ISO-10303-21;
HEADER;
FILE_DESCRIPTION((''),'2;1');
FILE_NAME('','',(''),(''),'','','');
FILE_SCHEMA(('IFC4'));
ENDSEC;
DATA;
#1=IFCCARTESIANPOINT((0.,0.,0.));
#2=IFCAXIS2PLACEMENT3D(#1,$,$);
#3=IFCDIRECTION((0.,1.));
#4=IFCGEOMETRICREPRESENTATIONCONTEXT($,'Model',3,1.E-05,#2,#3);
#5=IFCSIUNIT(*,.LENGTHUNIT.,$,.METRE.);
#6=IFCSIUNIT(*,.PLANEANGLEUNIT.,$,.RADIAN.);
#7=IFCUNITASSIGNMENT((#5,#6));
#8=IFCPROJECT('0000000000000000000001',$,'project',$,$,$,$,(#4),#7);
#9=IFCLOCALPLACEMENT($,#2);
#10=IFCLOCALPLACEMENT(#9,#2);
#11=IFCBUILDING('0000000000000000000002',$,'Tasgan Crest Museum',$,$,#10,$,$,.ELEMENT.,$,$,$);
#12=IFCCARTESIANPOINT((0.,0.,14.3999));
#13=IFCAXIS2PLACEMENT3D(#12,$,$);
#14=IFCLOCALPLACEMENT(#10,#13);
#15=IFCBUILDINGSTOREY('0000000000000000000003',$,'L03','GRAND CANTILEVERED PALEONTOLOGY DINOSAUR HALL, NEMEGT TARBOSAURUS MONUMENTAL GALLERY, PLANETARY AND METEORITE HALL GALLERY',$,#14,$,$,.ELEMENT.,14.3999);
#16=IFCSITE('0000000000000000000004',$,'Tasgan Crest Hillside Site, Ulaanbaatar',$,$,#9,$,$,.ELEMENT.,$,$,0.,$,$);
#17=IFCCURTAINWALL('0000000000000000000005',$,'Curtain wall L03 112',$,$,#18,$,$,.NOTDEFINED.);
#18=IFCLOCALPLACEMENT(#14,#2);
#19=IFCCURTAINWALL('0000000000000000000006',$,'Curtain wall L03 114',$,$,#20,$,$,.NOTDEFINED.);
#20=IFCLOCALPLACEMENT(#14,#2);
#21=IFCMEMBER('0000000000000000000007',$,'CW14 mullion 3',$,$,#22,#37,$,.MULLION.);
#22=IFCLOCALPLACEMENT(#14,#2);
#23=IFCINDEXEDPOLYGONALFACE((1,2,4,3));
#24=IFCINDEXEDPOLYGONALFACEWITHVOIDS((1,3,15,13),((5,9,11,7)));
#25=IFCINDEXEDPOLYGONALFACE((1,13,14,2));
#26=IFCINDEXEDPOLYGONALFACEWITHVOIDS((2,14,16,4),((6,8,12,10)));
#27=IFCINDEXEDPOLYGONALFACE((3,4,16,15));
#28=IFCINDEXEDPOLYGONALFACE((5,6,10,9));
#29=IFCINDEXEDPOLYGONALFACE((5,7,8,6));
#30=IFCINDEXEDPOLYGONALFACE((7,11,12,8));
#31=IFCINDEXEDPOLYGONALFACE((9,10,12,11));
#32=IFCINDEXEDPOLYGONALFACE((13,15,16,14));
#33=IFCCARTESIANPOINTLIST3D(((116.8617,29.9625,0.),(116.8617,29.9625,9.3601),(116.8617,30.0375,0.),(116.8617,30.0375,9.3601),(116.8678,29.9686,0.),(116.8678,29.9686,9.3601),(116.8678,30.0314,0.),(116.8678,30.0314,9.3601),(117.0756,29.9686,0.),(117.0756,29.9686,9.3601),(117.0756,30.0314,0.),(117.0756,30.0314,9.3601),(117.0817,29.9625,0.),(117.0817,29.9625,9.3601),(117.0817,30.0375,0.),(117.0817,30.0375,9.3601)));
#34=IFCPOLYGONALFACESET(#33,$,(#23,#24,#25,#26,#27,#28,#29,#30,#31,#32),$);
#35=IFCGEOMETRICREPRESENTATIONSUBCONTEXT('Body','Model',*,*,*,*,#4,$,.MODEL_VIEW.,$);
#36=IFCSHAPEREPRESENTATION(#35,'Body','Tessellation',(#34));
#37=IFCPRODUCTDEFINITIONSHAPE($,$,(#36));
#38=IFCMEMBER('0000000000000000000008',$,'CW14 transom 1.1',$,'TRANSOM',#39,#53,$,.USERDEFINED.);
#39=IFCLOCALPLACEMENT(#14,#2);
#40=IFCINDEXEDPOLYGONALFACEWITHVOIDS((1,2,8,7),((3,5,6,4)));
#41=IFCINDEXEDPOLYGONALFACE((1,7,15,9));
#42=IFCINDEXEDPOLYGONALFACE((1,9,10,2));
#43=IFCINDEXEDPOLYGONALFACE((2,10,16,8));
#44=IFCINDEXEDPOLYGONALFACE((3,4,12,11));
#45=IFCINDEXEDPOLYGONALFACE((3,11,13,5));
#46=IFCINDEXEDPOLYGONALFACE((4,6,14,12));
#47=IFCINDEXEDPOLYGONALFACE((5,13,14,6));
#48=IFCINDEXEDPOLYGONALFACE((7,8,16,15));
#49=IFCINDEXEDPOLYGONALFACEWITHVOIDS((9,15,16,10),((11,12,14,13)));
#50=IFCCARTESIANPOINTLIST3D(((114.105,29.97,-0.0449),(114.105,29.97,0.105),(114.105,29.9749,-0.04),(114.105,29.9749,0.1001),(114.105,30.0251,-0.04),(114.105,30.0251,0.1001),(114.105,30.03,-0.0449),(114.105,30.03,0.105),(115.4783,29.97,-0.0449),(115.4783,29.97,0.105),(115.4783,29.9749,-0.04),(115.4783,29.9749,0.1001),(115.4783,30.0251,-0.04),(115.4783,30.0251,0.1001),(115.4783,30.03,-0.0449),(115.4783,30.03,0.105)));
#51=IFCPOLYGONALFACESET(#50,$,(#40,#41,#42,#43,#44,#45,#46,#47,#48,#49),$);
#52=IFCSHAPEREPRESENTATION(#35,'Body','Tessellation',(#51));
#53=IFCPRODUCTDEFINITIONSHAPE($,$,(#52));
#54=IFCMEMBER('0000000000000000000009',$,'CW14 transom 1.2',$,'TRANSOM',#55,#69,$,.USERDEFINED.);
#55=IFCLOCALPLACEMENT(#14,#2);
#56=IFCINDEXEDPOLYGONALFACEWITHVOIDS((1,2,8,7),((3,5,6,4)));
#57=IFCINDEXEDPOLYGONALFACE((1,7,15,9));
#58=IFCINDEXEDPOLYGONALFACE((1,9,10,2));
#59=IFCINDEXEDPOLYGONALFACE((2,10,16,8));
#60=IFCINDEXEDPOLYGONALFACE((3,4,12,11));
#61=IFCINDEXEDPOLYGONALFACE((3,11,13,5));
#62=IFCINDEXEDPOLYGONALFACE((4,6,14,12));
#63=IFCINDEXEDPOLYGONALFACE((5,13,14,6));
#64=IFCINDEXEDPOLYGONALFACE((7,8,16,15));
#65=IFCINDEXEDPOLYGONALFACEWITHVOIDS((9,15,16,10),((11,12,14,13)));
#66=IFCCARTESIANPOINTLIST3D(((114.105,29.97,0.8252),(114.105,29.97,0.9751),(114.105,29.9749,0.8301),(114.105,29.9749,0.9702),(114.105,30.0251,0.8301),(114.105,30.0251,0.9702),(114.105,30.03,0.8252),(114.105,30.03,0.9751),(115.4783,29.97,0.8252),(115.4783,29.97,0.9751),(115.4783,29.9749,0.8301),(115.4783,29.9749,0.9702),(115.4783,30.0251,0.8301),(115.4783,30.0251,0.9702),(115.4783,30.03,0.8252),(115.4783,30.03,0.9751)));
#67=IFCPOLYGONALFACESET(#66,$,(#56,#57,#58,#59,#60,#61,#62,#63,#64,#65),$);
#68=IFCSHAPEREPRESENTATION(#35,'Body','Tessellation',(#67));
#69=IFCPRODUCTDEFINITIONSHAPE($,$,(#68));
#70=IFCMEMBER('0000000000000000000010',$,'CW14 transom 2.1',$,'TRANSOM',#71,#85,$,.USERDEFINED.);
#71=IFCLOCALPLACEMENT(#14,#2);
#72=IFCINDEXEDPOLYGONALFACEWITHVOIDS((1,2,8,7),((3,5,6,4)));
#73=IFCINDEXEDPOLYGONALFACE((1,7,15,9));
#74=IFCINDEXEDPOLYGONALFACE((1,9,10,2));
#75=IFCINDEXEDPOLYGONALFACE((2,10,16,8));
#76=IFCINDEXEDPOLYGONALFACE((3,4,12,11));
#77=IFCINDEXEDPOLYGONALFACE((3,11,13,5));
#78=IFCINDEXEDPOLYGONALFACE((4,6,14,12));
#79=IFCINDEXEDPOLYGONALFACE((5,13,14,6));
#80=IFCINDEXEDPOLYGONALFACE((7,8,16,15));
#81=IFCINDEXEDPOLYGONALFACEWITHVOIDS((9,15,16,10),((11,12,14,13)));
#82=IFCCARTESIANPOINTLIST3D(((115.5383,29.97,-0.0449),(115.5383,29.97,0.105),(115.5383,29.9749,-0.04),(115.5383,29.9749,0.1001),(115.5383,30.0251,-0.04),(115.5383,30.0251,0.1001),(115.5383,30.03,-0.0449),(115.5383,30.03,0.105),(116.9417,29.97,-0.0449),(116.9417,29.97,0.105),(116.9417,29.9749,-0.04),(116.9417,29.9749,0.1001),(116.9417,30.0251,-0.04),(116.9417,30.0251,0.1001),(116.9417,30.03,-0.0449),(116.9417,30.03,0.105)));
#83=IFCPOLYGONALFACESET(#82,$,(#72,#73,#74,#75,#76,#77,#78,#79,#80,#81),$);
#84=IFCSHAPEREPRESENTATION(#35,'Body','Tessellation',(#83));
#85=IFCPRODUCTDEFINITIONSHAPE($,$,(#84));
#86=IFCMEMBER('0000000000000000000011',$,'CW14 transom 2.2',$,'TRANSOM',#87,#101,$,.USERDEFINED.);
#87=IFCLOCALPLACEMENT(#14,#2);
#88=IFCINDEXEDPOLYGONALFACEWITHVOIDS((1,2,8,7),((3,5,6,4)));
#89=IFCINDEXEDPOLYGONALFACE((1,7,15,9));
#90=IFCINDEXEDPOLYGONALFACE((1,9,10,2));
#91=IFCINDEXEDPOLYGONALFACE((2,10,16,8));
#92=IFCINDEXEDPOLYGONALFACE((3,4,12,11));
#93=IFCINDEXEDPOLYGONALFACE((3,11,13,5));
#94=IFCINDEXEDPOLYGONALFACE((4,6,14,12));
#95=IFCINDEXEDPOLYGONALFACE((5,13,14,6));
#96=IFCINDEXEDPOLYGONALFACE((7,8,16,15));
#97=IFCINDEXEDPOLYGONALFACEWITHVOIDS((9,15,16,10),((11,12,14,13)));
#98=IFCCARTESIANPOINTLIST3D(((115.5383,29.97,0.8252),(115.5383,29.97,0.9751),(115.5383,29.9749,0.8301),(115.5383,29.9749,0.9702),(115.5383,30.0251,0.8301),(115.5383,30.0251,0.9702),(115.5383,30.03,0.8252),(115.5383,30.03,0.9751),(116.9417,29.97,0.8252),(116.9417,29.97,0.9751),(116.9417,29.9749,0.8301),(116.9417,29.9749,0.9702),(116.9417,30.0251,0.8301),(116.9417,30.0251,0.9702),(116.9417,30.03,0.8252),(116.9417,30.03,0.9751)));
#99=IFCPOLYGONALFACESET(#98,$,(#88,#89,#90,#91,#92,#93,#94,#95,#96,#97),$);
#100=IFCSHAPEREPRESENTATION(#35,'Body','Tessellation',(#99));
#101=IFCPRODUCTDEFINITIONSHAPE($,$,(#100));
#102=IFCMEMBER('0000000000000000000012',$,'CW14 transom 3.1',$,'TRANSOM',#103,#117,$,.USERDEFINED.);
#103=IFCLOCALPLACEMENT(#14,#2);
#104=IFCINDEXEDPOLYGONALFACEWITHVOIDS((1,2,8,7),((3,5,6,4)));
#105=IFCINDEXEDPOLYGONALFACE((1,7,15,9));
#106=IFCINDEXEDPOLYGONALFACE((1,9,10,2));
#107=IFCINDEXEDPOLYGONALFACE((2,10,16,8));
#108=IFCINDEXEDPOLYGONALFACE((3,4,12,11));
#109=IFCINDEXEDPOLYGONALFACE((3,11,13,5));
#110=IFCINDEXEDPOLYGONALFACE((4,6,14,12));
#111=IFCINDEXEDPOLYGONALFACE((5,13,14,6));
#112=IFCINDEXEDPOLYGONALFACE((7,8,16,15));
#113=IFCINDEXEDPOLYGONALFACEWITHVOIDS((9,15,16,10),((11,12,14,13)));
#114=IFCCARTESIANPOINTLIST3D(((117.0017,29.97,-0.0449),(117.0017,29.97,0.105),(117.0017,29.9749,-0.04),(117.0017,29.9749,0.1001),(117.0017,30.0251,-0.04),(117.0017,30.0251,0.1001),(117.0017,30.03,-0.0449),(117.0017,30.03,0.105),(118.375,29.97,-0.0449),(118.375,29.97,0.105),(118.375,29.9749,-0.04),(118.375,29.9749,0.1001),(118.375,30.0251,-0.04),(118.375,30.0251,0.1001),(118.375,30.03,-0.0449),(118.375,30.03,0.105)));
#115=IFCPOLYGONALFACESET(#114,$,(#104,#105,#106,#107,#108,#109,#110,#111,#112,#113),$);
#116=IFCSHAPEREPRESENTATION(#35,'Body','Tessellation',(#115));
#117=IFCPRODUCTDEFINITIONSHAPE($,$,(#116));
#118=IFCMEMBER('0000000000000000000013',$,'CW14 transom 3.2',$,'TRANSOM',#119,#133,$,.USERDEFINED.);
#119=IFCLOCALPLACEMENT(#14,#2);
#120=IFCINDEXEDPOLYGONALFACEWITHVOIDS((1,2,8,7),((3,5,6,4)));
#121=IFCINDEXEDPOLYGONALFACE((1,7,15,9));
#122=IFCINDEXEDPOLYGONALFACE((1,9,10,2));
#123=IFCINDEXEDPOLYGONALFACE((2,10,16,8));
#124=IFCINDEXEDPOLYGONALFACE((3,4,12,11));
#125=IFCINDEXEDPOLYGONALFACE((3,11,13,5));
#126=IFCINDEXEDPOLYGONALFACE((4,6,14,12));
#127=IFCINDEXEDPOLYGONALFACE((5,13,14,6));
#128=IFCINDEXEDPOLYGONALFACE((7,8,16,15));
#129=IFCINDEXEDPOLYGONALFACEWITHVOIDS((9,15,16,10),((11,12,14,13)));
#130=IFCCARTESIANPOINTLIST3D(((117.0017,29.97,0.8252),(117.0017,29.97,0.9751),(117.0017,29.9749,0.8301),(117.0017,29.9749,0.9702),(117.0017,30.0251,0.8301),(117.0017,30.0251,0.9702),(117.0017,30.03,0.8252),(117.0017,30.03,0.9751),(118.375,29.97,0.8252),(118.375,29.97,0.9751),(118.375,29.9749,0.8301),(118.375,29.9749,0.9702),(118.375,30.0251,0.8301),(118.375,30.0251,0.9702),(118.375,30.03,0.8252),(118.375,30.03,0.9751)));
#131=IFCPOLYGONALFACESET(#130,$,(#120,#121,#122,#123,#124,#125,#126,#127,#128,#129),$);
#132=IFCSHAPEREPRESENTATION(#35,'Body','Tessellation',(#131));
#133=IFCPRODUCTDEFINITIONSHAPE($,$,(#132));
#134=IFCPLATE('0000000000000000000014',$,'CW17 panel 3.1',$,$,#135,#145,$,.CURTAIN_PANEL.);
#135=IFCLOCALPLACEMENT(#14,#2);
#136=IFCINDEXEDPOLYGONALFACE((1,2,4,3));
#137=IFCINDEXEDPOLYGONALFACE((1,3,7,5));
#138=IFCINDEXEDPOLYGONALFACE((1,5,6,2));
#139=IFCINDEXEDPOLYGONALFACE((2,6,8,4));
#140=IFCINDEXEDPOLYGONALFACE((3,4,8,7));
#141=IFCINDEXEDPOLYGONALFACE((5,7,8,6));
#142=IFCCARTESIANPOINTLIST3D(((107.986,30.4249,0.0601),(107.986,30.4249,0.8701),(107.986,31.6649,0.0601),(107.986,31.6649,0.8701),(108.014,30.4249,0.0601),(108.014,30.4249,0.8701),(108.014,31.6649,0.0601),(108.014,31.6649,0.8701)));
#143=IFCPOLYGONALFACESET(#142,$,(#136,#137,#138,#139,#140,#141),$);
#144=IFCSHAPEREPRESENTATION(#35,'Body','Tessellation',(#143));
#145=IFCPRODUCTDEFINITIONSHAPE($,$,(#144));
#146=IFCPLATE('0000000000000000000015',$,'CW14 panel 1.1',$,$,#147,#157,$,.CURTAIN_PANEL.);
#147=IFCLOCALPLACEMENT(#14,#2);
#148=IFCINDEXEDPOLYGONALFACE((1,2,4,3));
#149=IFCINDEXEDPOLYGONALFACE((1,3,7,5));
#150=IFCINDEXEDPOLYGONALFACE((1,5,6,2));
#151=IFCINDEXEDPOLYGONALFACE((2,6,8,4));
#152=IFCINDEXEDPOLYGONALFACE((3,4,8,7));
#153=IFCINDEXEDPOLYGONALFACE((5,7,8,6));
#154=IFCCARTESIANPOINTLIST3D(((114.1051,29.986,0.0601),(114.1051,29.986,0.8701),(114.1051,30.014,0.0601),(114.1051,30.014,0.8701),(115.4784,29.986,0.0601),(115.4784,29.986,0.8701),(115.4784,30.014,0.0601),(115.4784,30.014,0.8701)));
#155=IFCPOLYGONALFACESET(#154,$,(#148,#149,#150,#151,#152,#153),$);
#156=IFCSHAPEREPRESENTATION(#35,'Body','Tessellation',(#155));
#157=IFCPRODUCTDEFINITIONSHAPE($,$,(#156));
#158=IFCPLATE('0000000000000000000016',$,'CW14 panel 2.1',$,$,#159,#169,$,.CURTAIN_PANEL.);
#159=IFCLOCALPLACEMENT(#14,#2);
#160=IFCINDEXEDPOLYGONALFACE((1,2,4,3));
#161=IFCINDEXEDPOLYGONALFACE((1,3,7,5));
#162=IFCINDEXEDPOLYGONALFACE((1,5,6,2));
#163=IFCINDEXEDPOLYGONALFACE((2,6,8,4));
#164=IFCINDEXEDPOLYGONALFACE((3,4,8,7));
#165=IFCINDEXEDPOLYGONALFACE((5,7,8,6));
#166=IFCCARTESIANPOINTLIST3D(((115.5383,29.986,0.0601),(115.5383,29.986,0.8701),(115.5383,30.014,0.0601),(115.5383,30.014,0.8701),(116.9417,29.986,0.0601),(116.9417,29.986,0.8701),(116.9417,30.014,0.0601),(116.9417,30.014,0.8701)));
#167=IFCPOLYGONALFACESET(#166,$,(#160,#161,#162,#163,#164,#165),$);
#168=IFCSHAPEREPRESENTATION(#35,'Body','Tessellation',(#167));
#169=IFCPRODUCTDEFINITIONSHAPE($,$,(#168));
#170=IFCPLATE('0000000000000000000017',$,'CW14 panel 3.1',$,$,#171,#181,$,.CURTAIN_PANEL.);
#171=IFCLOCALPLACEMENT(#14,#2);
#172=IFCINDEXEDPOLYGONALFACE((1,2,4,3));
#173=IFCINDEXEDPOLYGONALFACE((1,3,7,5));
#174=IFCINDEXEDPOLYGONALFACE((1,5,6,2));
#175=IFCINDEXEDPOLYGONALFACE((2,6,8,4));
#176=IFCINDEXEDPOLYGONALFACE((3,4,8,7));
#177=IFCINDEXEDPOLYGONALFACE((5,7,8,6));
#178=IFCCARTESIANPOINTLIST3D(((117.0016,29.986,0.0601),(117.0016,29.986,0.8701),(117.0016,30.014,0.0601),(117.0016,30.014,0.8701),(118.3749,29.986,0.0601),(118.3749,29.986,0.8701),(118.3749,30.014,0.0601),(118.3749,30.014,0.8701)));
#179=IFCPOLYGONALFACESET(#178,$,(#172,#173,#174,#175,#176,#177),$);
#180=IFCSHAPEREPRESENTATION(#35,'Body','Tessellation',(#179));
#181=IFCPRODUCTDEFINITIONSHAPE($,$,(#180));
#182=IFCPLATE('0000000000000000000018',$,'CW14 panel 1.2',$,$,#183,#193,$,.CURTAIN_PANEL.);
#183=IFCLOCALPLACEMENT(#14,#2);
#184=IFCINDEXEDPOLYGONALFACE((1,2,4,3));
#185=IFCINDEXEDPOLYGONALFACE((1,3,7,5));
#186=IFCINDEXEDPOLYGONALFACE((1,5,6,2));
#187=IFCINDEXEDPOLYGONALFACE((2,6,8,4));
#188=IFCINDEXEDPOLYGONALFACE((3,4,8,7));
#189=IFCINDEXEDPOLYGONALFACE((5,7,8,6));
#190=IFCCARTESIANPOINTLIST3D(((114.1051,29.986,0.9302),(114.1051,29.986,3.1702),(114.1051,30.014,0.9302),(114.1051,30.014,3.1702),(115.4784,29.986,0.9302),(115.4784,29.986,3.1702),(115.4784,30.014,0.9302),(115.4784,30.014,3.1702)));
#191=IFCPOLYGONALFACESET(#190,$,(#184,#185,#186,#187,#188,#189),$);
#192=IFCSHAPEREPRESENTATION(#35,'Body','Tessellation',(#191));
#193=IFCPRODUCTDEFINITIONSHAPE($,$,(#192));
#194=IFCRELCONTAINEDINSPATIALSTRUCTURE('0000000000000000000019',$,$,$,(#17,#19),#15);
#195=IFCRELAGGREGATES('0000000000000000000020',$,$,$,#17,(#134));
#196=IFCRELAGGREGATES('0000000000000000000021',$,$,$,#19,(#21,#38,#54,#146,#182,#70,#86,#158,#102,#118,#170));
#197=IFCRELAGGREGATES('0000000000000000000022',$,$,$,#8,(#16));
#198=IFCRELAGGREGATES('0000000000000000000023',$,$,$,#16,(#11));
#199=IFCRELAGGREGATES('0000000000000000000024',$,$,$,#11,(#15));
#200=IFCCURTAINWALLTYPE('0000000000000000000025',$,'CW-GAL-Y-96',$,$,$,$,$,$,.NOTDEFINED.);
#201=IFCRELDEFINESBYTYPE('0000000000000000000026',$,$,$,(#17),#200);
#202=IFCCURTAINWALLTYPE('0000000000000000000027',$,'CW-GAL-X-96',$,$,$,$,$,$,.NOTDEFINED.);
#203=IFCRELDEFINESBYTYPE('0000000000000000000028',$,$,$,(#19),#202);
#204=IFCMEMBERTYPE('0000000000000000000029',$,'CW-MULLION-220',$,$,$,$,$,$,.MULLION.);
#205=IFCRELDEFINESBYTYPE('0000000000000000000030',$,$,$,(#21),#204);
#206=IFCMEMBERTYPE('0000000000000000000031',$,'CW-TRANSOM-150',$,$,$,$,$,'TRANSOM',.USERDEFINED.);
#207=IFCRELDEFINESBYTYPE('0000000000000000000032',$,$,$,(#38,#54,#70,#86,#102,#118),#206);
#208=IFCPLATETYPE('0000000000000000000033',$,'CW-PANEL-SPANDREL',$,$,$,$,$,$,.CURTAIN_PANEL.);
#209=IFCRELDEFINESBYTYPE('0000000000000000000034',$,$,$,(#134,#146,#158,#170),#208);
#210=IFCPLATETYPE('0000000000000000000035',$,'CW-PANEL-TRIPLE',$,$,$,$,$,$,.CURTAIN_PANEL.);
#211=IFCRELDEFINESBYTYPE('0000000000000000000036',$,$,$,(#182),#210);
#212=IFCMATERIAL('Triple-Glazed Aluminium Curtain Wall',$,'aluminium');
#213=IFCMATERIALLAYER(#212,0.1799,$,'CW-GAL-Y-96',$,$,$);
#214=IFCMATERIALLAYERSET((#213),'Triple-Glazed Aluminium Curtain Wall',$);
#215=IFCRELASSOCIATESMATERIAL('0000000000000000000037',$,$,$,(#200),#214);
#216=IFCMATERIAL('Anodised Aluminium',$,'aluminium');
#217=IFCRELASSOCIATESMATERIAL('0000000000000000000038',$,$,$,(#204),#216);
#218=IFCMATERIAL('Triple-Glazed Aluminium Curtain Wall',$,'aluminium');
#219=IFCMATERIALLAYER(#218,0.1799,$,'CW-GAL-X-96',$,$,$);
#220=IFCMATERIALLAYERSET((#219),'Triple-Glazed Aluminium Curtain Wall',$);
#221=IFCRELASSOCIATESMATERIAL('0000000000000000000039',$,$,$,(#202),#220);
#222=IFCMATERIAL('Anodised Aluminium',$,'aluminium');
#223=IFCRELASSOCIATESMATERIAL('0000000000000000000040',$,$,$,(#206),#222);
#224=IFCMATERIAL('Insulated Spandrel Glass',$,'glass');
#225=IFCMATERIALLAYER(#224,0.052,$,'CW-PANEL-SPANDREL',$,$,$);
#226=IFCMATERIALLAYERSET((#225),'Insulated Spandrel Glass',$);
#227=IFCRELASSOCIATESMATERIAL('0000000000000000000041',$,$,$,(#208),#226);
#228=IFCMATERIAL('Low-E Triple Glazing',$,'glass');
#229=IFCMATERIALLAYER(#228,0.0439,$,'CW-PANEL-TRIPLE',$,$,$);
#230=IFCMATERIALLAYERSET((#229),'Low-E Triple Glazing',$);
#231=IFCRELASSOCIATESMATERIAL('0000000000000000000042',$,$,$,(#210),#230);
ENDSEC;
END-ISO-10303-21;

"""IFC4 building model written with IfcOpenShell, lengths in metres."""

from ifc_helpers import new_model, si_unit, direction, frame, origin, origin_2d, place, context, subcontext, project, spatial, rectangle, hollow_rectangle, extrude, material, layer, layer_set, material_profile, profile_set, type_object, element, aggregate, save


model = new_model("IFC4")

# Units and contexts
model_context = context("Model", 3, precision=1e-05, world=origin(), true_north=direction((0.0, 1.0)))
body_context = subcontext(model_context, "Body", "Model", "MODEL_VIEW")
ifc_project = project(units=[si_unit("LENGTHUNIT", "METRE"), si_unit("PLANEANGLEUNIT", "RADIAN")], contexts=[model_context])

# Site, building, storey
site_placement = place(None, origin())
site = spatial("IfcSite", under=ifc_project, at=site_placement, Name="Tasgan Crest Hillside Site, Ulaanbaatar", CompositionType="ELEMENT", RefElevation=0.0)
building_placement = place(site_placement, origin())
building = spatial("IfcBuilding", under=site, at=building_placement, Name="Tasgan Crest Museum", CompositionType="ELEMENT")
storey_placement = place(building_placement, frame((0.0, 0.0, 14.3999)))
storey = spatial("IfcBuildingStorey", under=building, at=storey_placement, Name="L03", Description="GRAND CANTILEVERED PALEONTOLOGY DINOSAUR HALL, NEMEGT TARBOSAURUS MONUMENTAL GALLERY, PLANETARY AND METEORITE HALL GALLERY", CompositionType="ELEMENT", Elevation=14.3999)

# Curtain wall
ifc_material_1 = material(Name="Triple-Glazed Aluminium Curtain Wall", Category="aluminium")
ifc_layer_1 = layer(ifc_material_1, 0.1799, Name="CW-GAL-Y-96")
ifc_layer_set_1 = layer_set([ifc_layer_1], Name="Triple-Glazed Aluminium Curtain Wall")
curtain_wall_type_1 = type_object("IfcCurtainWallType", Name="CW-GAL-Y-96", PredefinedType="NOTDEFINED", material=ifc_layer_set_1)
curtain_wall_1_placement = place(storey_placement, origin())
curtain_wall_1 = element("IfcCurtainWall", 1, at=curtain_wall_1_placement, inside=storey, type_object=curtain_wall_type_1, Name="Curtain wall L03 112", PredefinedType="NOTDEFINED")
ifc_material_2 = material(Name="Anodised Aluminium", Category="aluminium")
ifc_material_profile_1 = material_profile(ifc_material_2, hollow_rectangle(XDim=0.075, YDim=0.22, WallThickness=0.0061, at=origin_2d()), Name="ALU MULLION 220x75x6")
ifc_profile_set_1 = profile_set([ifc_material_profile_1], Name="Anodised Aluminium")
member_type_1 = type_object("IfcMemberType", Name="CW-MULLION-220", PredefinedType="MULLION", material=ifc_profile_set_1)

# Curtain wall, members
ifc_material_3 = material(Name="Triple-Glazed Aluminium Curtain Wall", Category="aluminium")
ifc_layer_2 = layer(ifc_material_3, 0.1799, Name="CW-GAL-X-96")
ifc_layer_set_2 = layer_set([ifc_layer_2], Name="Triple-Glazed Aluminium Curtain Wall")
curtain_wall_type_2 = type_object("IfcCurtainWallType", Name="CW-GAL-X-96", PredefinedType="NOTDEFINED", material=ifc_layer_set_2)
curtain_wall_2_placement = place(storey_placement, origin())
curtain_wall_2 = element("IfcCurtainWall", 2, at=curtain_wall_2_placement, inside=storey, type_object=curtain_wall_type_2, Name="Curtain wall L03 114", PredefinedType="NOTDEFINED")
member_1_placement = place(storey_placement, frame((116.9717, 30.0, 0.0), z_axis=(0.0, 0.0, 1.0), x_axis=(0.0, 1.0, 0.0)))
member_1 = element("IfcMember", 3, at=member_1_placement, type_object=member_type_1, Name="CW14 mullion 3", PredefinedType="MULLION", context=body_context, shape_type="SweptSolid", body=[
    extrude(hollow_rectangle(XDim=0.075, YDim=0.22, WallThickness=0.0061, at=origin_2d()), origin(), (0.0, 0.0, 1.0), 9.3601),
])
ifc_material_4 = material(Name="Anodised Aluminium", Category="aluminium")
ifc_material_profile_2 = material_profile(ifc_material_4, hollow_rectangle(XDim=0.0601, YDim=0.1499, WallThickness=0.0049, at=origin_2d()), Name="ALU TRANSOM 150x60x5")
ifc_profile_set_2 = profile_set([ifc_material_profile_2], Name="Anodised Aluminium")
member_type_2 = type_object("IfcMemberType", Name="CW-TRANSOM-150", ElementType="TRANSOM", PredefinedType="USERDEFINED", material=ifc_profile_set_2)
member_2_placement = place(storey_placement, frame((114.105, 30.0, 0.03), z_axis=(1.0, 0.0, 0.0), x_axis=(0.0, 1.0, 0.0)))
member_2 = element("IfcMember", 4, at=member_2_placement, type_object=member_type_2, Name="CW14 transom 1.1", ObjectType="TRANSOM", PredefinedType="USERDEFINED", context=body_context, shape_type="SweptSolid", body=[
    extrude(hollow_rectangle(XDim=0.0601, YDim=0.1499, WallThickness=0.0049, at=origin_2d()), origin(), (0.0, 0.0, 1.0), 1.3733),
])
member_3_placement = place(storey_placement, frame((114.105, 30.0, 0.9001), z_axis=(1.0, 0.0, 0.0), x_axis=(0.0, 1.0, 0.0)))
member_3 = element("IfcMember", 5, at=member_3_placement, type_object=member_type_2, Name="CW14 transom 1.2", ObjectType="TRANSOM", PredefinedType="USERDEFINED", context=body_context, shape_type="SweptSolid", body=[
    extrude(hollow_rectangle(XDim=0.0601, YDim=0.1499, WallThickness=0.0049, at=origin_2d()), origin(), (0.0, 0.0, 1.0), 1.3733),
])
member_4_placement = place(storey_placement, frame((115.5383, 30.0, 0.03), z_axis=(1.0, 0.0, 0.0), x_axis=(0.0, 1.0, 0.0)))
member_4 = element("IfcMember", 6, at=member_4_placement, type_object=member_type_2, Name="CW14 transom 2.1", ObjectType="TRANSOM", PredefinedType="USERDEFINED", context=body_context, shape_type="SweptSolid", body=[
    extrude(hollow_rectangle(XDim=0.0601, YDim=0.1499, WallThickness=0.0049, at=origin_2d()), origin(), (0.0, 0.0, 1.0), 1.4033),
])
member_5_placement = place(storey_placement, frame((115.5383, 30.0, 0.9001), z_axis=(1.0, 0.0, 0.0), x_axis=(0.0, 1.0, 0.0)))
member_5 = element("IfcMember", 7, at=member_5_placement, type_object=member_type_2, Name="CW14 transom 2.2", ObjectType="TRANSOM", PredefinedType="USERDEFINED", context=body_context, shape_type="SweptSolid", body=[
    extrude(hollow_rectangle(XDim=0.0601, YDim=0.1499, WallThickness=0.0049, at=origin_2d()), origin(), (0.0, 0.0, 1.0), 1.4033),
])
member_6_placement = place(storey_placement, frame((117.0017, 30.0, 0.03), z_axis=(1.0, 0.0, 0.0), x_axis=(0.0, 1.0, 0.0)))
member_6 = element("IfcMember", 8, at=member_6_placement, type_object=member_type_2, Name="CW14 transom 3.1", ObjectType="TRANSOM", PredefinedType="USERDEFINED", context=body_context, shape_type="SweptSolid", body=[
    extrude(hollow_rectangle(XDim=0.0601, YDim=0.1499, WallThickness=0.0049, at=origin_2d()), origin(), (0.0, 0.0, 1.0), 1.3733),
])
member_7_placement = place(storey_placement, frame((117.0017, 30.0, 0.9001), z_axis=(1.0, 0.0, 0.0), x_axis=(0.0, 1.0, 0.0)))
member_7 = element("IfcMember", 9, at=member_7_placement, type_object=member_type_2, Name="CW14 transom 3.2", ObjectType="TRANSOM", PredefinedType="USERDEFINED", context=body_context, shape_type="SweptSolid", body=[
    extrude(hollow_rectangle(XDim=0.0601, YDim=0.1499, WallThickness=0.0049, at=origin_2d()), origin(), (0.0, 0.0, 1.0), 1.3733),
])

# Plates
ifc_material_5 = material(Name="Insulated Spandrel Glass", Category="glass")
ifc_layer_3 = layer(ifc_material_5, 0.052, Name="CW-PANEL-SPANDREL")
ifc_layer_set_3 = layer_set([ifc_layer_3], Name="Insulated Spandrel Glass")
plate_type_1 = type_object("IfcPlateType", Name="CW-PANEL-SPANDREL", PredefinedType="CURTAIN_PANEL", material=ifc_layer_set_3)
plate_1_placement = place(storey_placement, frame((108.0, 31.0449, 0.0601), z_axis=(0.0, 0.0, 1.0), x_axis=(0.0, -1.0, 0.0)))
plate_1 = element("IfcPlate", 10, at=plate_1_placement, type_object=plate_type_1, Name="CW17 panel 3.1", PredefinedType="CURTAIN_PANEL", context=body_context, shape_type="SweptSolid", body=[
    extrude(rectangle(XDim=1.24, YDim=0.0281, at=origin_2d()), origin(), (0.0, 0.0, 1.0), 0.8101),
])
aggregate(curtain_wall_1, [plate_1])
plate_2_placement = place(storey_placement, frame((114.7917, 30.0, 0.0601), z_axis=(0.0, 0.0, 1.0), x_axis=(1.0, 0.0, 0.0)))
plate_2 = element("IfcPlate", 11, at=plate_2_placement, type_object=plate_type_1, Name="CW14 panel 1.1", PredefinedType="CURTAIN_PANEL", context=body_context, shape_type="SweptSolid", body=[
    extrude(rectangle(XDim=1.3733, YDim=0.0281, at=origin_2d()), origin(), (0.0, 0.0, 1.0), 0.8101),
])
plate_3_placement = place(storey_placement, frame((116.24, 30.0, 0.0601), z_axis=(0.0, 0.0, 1.0), x_axis=(1.0, 0.0, 0.0)))
plate_3 = element("IfcPlate", 12, at=plate_3_placement, type_object=plate_type_1, Name="CW14 panel 2.1", PredefinedType="CURTAIN_PANEL", context=body_context, shape_type="SweptSolid", body=[
    extrude(rectangle(XDim=1.4033, YDim=0.0281, at=origin_2d()), origin(), (0.0, 0.0, 1.0), 0.8101),
])
plate_4_placement = place(storey_placement, frame((117.6882, 30.0, 0.0601), z_axis=(0.0, 0.0, 1.0), x_axis=(1.0, 0.0, 0.0)))
plate_4 = element("IfcPlate", 13, at=plate_4_placement, type_object=plate_type_1, Name="CW14 panel 3.1", PredefinedType="CURTAIN_PANEL", context=body_context, shape_type="SweptSolid", body=[
    extrude(rectangle(XDim=1.3733, YDim=0.0281, at=origin_2d()), origin(), (0.0, 0.0, 1.0), 0.8101),
])
ifc_material_6 = material(Name="Low-E Triple Glazing", Category="glass")
ifc_layer_4 = layer(ifc_material_6, 0.0439, Name="CW-PANEL-TRIPLE")
ifc_layer_set_4 = layer_set([ifc_layer_4], Name="Low-E Triple Glazing")
plate_type_2 = type_object("IfcPlateType", Name="CW-PANEL-TRIPLE", PredefinedType="CURTAIN_PANEL", material=ifc_layer_set_4)
plate_5_placement = place(storey_placement, frame((114.7917, 30.0, 0.9302), z_axis=(0.0, 0.0, 1.0), x_axis=(1.0, 0.0, 0.0)))
plate_5 = element("IfcPlate", 14, at=plate_5_placement, type_object=plate_type_2, Name="CW14 panel 1.2", PredefinedType="CURTAIN_PANEL", context=body_context, shape_type="SweptSolid", body=[
    extrude(rectangle(XDim=1.3733, YDim=0.0281, at=origin_2d()), origin(), (0.0, 0.0, 1.0), 2.24),
])
aggregate(curtain_wall_2, [member_1, member_2, member_3, plate_2, plate_5, member_4, member_5, plate_3, member_6, member_7, plate_4])

save(model, "model.ifc")
